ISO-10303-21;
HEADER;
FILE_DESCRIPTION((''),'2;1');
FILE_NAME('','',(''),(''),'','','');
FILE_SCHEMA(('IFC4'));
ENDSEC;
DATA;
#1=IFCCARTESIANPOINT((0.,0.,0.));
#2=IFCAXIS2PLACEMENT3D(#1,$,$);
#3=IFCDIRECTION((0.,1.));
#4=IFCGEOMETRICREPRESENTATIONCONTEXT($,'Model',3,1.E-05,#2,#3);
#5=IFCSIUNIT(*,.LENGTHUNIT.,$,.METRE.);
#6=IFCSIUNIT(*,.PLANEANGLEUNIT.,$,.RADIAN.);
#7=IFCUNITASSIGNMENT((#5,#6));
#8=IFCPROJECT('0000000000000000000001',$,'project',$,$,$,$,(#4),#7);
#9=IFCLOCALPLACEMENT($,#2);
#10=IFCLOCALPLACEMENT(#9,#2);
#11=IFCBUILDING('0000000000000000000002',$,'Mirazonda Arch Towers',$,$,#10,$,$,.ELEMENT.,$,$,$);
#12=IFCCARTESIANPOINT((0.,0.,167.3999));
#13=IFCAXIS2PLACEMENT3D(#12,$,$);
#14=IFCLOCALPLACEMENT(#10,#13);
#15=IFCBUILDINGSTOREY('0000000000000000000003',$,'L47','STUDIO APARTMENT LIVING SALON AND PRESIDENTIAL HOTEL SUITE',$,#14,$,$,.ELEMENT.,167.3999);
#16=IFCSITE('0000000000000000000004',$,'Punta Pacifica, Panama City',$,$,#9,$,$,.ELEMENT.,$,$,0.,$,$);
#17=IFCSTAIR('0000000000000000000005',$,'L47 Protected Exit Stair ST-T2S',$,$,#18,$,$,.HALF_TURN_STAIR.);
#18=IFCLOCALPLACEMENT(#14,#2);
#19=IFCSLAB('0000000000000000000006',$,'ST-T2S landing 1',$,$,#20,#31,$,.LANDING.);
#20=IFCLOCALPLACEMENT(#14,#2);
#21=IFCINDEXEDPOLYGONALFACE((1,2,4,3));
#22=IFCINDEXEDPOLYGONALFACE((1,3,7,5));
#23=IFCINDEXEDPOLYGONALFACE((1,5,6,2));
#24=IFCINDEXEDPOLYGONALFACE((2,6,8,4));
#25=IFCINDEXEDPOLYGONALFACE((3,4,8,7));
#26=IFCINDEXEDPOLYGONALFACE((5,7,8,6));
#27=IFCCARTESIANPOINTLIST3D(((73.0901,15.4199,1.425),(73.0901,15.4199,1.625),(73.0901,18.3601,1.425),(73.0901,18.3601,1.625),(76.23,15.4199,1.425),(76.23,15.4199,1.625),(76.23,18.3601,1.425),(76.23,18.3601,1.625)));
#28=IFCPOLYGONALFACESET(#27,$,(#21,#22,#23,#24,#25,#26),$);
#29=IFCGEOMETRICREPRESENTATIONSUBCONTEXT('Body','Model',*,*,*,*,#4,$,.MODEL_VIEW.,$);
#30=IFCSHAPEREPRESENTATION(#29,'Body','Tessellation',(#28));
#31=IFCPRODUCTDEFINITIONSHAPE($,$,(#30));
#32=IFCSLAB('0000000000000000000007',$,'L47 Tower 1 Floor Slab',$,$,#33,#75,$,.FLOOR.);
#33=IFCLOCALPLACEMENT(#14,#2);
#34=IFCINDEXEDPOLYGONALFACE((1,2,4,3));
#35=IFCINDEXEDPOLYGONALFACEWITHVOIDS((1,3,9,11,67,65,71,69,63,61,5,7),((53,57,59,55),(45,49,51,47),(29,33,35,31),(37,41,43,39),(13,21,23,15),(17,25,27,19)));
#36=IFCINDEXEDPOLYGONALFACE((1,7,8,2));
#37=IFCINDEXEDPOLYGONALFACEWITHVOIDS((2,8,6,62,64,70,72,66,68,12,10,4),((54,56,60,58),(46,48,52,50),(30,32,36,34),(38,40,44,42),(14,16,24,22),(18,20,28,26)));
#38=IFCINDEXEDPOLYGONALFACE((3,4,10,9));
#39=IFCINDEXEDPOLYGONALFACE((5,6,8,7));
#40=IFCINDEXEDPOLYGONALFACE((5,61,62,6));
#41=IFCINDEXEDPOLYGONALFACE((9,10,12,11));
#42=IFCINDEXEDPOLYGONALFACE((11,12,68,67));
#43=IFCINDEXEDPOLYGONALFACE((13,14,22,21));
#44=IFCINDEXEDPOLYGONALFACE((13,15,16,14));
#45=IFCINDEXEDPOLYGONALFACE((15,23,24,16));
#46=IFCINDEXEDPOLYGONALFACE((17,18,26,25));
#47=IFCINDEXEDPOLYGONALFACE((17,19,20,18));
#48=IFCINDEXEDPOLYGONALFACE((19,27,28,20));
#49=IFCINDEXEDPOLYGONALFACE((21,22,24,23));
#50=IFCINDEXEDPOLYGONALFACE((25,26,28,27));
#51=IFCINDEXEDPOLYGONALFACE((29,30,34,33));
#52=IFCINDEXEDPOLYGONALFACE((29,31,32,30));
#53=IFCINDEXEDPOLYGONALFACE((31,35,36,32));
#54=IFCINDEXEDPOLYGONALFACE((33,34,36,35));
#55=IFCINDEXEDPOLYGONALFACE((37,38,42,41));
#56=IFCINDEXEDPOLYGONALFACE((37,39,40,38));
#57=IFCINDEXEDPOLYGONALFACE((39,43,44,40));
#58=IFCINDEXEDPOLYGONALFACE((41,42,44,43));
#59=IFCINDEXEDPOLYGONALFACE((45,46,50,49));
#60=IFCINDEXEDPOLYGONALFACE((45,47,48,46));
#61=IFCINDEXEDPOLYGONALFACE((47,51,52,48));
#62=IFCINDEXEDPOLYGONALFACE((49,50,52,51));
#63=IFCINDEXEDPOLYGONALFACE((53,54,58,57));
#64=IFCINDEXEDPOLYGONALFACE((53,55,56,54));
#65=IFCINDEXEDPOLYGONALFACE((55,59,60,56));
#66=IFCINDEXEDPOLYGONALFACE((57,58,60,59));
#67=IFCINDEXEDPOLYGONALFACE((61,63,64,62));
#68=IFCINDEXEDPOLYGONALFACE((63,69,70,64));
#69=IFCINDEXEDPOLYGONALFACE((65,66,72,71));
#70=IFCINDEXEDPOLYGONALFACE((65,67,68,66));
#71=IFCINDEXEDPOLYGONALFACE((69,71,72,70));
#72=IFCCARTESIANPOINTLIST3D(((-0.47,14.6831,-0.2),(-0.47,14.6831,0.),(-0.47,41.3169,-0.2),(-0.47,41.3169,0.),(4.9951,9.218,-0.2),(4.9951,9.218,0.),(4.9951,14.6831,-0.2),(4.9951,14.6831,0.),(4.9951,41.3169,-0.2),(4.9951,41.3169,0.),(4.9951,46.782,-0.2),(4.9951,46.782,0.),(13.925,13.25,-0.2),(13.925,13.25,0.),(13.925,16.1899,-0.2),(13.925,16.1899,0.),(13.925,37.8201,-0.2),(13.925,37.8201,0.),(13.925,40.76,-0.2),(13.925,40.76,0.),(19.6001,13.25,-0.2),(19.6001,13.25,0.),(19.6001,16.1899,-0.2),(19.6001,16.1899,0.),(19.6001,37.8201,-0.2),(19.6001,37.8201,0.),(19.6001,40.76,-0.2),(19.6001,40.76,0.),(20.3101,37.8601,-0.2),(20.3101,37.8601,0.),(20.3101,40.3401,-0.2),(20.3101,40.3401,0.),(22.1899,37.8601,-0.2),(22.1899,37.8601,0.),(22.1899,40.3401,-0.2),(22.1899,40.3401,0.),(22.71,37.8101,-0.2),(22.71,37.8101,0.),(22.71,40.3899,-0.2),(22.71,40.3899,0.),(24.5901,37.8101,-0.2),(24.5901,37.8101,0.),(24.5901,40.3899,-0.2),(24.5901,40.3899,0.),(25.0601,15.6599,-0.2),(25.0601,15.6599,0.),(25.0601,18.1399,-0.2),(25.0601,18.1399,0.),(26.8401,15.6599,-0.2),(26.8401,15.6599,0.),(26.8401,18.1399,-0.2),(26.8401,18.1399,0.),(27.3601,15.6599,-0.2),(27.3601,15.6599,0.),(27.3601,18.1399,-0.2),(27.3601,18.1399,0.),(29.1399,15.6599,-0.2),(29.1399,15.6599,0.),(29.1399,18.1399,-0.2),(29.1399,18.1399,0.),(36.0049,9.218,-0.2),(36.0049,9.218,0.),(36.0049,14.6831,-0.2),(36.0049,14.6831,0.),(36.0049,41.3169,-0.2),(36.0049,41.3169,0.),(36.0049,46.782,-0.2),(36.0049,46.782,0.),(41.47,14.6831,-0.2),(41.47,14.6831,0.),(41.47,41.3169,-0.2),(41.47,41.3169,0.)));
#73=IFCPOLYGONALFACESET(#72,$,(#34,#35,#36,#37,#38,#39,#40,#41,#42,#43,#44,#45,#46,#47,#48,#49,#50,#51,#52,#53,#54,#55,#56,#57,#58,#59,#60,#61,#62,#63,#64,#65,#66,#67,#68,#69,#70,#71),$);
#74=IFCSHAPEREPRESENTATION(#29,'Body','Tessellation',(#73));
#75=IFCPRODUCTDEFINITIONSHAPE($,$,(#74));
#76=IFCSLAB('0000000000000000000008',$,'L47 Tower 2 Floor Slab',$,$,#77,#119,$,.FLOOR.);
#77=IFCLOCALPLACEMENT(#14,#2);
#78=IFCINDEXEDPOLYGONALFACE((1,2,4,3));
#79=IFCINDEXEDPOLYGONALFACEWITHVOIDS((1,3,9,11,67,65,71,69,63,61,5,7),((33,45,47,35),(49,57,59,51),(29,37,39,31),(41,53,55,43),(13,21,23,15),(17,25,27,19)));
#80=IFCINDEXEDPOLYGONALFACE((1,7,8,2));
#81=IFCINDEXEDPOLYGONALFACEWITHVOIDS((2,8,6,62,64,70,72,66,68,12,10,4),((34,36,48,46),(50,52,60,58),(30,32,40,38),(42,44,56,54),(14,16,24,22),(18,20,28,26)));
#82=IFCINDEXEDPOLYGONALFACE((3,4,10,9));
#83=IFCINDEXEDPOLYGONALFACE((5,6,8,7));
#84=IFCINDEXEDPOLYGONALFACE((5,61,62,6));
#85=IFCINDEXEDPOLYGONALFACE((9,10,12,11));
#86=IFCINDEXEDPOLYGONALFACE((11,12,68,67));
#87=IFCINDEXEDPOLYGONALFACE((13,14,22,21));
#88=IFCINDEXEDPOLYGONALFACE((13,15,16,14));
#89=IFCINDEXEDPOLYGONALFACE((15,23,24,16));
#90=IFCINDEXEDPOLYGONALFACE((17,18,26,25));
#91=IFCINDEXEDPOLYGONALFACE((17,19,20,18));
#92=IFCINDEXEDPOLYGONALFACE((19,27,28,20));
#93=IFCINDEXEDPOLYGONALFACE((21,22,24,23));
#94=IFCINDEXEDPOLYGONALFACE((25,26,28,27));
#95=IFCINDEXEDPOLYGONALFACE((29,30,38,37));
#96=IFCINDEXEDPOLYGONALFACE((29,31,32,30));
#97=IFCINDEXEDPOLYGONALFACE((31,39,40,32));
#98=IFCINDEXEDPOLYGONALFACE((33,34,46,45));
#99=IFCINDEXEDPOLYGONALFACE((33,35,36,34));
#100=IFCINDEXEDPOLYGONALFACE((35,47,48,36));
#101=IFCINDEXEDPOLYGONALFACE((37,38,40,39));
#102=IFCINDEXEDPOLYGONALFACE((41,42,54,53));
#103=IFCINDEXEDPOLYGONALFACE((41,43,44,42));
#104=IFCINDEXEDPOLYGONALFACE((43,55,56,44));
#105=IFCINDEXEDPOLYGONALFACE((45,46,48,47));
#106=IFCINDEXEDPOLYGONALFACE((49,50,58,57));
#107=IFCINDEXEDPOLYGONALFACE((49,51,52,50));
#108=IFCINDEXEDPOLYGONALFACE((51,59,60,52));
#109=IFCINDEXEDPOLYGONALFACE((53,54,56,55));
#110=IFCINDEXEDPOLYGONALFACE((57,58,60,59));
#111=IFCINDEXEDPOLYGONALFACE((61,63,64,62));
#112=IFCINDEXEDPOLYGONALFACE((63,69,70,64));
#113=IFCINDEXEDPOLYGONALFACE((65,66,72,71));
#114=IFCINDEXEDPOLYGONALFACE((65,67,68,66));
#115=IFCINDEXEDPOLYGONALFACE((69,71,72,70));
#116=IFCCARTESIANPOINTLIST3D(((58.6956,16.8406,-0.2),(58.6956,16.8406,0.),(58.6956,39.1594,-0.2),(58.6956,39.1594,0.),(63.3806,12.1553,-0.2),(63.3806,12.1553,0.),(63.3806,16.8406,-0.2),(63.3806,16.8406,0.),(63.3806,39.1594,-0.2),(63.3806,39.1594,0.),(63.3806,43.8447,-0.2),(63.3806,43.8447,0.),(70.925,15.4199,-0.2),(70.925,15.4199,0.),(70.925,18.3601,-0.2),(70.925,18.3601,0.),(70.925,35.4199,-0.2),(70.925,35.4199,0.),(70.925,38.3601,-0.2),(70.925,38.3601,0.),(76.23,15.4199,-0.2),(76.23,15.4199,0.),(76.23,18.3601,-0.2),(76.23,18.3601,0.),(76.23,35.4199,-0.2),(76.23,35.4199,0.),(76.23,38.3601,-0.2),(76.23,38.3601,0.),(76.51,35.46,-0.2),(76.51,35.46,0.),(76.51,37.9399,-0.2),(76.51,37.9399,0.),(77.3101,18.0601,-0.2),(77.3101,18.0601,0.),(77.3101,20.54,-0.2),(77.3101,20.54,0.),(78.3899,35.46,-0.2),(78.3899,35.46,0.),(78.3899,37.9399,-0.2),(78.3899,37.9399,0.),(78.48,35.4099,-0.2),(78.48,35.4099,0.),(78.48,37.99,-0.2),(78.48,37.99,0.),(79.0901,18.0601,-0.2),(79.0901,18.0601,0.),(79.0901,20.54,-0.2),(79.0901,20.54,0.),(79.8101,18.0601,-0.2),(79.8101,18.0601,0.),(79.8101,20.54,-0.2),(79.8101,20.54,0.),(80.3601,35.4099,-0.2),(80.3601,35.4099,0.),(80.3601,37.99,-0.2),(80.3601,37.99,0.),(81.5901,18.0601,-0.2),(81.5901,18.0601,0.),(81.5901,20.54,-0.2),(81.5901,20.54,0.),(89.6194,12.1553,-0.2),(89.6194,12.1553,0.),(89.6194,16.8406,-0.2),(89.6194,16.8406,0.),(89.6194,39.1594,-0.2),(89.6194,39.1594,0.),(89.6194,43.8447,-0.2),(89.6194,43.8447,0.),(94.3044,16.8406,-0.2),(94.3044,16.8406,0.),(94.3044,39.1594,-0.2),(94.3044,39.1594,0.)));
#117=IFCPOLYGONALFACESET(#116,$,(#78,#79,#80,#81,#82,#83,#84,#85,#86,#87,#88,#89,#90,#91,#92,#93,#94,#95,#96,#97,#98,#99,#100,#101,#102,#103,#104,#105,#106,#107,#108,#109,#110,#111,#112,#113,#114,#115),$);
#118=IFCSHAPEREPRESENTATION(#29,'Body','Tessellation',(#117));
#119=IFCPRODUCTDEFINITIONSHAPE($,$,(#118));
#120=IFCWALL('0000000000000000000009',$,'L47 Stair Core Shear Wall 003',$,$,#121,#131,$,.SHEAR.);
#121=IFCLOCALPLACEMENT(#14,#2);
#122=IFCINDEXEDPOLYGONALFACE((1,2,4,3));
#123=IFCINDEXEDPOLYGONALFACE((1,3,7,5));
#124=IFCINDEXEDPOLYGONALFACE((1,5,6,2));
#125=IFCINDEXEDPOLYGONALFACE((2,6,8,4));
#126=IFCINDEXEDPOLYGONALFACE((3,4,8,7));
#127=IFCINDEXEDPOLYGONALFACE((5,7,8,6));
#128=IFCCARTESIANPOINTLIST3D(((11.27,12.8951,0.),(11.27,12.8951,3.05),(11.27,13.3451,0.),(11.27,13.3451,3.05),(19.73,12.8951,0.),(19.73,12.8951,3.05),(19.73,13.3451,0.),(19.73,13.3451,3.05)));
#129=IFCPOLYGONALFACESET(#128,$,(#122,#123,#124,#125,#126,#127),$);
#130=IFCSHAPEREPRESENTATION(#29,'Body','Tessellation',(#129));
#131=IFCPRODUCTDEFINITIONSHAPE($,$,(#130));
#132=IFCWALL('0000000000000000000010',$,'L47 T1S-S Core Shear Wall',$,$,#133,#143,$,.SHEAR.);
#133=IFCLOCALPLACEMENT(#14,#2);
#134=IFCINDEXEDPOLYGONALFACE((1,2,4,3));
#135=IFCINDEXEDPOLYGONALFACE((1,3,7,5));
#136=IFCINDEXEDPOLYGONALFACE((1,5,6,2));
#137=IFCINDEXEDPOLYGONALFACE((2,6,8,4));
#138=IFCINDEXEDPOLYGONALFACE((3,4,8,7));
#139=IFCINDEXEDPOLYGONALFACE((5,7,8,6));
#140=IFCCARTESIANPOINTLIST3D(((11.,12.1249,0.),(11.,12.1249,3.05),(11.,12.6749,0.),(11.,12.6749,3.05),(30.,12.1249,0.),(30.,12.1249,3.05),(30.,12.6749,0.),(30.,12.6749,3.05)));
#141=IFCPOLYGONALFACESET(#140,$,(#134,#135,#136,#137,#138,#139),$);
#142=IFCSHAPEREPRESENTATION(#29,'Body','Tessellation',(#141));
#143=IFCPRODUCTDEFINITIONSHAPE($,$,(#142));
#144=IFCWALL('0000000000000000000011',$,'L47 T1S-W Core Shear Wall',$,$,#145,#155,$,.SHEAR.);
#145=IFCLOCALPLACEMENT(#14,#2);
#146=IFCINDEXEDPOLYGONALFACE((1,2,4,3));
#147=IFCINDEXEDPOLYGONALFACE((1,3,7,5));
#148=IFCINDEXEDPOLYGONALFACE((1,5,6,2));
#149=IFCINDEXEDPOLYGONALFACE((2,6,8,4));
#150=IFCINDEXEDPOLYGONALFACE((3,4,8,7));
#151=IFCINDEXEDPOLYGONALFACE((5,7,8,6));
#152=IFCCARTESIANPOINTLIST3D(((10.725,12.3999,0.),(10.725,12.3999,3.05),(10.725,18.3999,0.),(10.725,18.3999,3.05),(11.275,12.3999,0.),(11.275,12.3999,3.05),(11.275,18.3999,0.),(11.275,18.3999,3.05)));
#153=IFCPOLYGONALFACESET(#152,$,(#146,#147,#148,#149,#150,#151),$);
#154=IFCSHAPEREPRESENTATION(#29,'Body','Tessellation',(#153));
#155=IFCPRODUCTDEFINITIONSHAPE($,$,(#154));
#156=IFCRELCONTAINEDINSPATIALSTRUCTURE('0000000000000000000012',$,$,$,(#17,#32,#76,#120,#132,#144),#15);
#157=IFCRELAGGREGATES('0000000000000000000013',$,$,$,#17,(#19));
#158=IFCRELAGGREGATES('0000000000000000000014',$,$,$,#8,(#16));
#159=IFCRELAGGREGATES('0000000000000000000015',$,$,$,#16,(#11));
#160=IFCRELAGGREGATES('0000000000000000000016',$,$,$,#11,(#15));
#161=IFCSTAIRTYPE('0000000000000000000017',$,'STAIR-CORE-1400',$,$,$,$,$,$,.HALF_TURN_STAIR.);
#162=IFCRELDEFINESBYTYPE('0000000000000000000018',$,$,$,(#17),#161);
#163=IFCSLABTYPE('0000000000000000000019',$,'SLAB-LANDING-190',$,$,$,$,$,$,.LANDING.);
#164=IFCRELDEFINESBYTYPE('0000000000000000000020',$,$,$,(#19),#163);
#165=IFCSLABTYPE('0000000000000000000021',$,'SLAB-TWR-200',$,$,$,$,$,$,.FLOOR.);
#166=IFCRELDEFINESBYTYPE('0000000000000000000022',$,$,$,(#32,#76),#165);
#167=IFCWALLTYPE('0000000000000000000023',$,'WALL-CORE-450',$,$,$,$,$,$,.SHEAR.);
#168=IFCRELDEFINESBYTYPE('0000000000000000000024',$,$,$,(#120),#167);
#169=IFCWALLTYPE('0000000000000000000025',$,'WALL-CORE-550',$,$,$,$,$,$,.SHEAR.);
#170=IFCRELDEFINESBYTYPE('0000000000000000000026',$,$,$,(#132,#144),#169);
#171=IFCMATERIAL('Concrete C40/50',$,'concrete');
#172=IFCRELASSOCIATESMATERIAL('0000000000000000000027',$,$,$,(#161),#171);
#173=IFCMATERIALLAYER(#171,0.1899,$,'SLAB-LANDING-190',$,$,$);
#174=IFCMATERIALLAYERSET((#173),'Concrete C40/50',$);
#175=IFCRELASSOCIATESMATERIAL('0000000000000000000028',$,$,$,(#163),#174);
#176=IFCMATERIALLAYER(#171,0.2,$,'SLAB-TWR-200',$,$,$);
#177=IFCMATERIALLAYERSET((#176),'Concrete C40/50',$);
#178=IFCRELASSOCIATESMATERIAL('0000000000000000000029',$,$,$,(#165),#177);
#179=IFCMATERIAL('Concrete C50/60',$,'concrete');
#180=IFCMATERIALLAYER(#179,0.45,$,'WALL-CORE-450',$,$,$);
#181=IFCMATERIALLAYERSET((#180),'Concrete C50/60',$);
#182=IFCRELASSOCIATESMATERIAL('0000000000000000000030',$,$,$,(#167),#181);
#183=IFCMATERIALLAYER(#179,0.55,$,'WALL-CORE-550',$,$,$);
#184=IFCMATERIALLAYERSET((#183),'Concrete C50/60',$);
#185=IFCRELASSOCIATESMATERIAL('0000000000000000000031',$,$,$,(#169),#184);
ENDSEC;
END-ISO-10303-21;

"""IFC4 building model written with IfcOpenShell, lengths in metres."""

from ifc_helpers import new_model, si_unit, direction, frame, frame_2d, origin, place, context, subcontext, project, spatial, polyline, rectangle, outline, extrude, material, layer, layer_set, type_object, element, aggregate, save


model = new_model("IFC4")

# Units and contexts
model_context = context("Model", 3, precision=1e-05, world=origin(), true_north=direction((0.0, 1.0)))
body_context = subcontext(model_context, "Body", "Model", "MODEL_VIEW")
ifc_project = project(units=[si_unit("LENGTHUNIT", "METRE"), si_unit("PLANEANGLEUNIT", "RADIAN")], contexts=[model_context])

# Site, building, storey
site_placement = place(None, origin())
site = spatial("IfcSite", under=ifc_project, at=site_placement, Name="Punta Pacifica, Panama City", CompositionType="ELEMENT", RefElevation=0.0)
building_placement = place(site_placement, origin())
building = spatial("IfcBuilding", under=site, at=building_placement, Name="Mirazonda Arch Towers", CompositionType="ELEMENT")
storey_placement = place(building_placement, frame((0.0, 0.0, 167.3999)))
storey = spatial("IfcBuildingStorey", under=building, at=storey_placement, Name="L47", Description="STUDIO APARTMENT LIVING SALON AND PRESIDENTIAL HOTEL SUITE", CompositionType="ELEMENT", Elevation=167.3999)

# Shared definitions
ifc_material_1 = material(Name="Concrete C50/60", Category="concrete")

# Stair, slab
ifc_material_2 = material(Name="Concrete C40/50", Category="concrete")
stair_type = type_object("IfcStairType", Name="STAIR-CORE-1400", PredefinedType="HALF_TURN_STAIR", material=ifc_material_2)
ifc_layer_1 = layer(ifc_material_2, 0.1899, Name="SLAB-LANDING-190")
ifc_layer_set_1 = layer_set([ifc_layer_1], Name="Concrete C40/50")
slab_type_1 = type_object("IfcSlabType", Name="SLAB-LANDING-190", PredefinedType="LANDING", material=ifc_layer_set_1)
stair_1_placement = place(storey_placement, origin())
stair_1 = element("IfcStair", 1, at=stair_1_placement, inside=storey, type_object=stair_type, Name="L47 Protected Exit Stair ST-T2S", PredefinedType="HALF_TURN_STAIR")
slab_1_placement = place(storey_placement, frame((0.0, 0.0, 1.425)))
slab_1 = element("IfcSlab", 2, at=slab_1_placement, type_object=slab_type_1, Name="ST-T2S landing 1", PredefinedType="LANDING", context=body_context, shape_type="SweptSolid", body=[
    extrude(outline(polyline([(73.0901, 15.4199), (76.23, 15.4199), (76.23, 18.3601), (73.0901, 18.3601), (73.0901, 15.4199)])), origin(), (0.0, 0.0, 1.0), 0.2),
])
aggregate(stair_1, [slab_1])

# Slabs
ifc_layer_2 = layer(ifc_material_2, 0.2, Name="SLAB-TWR-200")
ifc_layer_set_2 = layer_set([ifc_layer_2], Name="Concrete C40/50")
slab_type_2 = type_object("IfcSlabType", Name="SLAB-TWR-200", PredefinedType="FLOOR", material=ifc_layer_set_2)
slab_2_placement = place(storey_placement, frame((0.0, 0.0, -0.2)))
element("IfcSlab", 3, at=slab_2_placement, inside=storey, type_object=slab_type_2, Name="L47 Tower 1 Floor Slab", PredefinedType="FLOOR", context=body_context, shape_type="SweptSolid", body=[
    extrude(outline(polyline([(4.9951, 9.218), (36.0049, 9.218), (36.0049, 14.6831), (41.47, 14.6831), (41.47, 41.3169), (36.0049, 41.3169), (36.0049, 46.782), (4.9951, 46.782), (4.9951, 41.3169), (-0.47, 41.3169), (-0.47, 14.6831), (4.9951, 14.6831), (4.9951, 9.218)]), holes=[polyline([(27.3601, 18.1399), (29.1399, 18.1399), (29.1399, 15.6599), (27.3601, 15.6599), (27.3601, 18.1399)]), polyline([(25.0601, 18.1399), (26.8401, 18.1399), (26.8401, 15.6599), (25.0601, 15.6599), (25.0601, 18.1399)]), polyline([(22.71, 40.3899), (24.5901, 40.3899), (24.5901, 37.8101), (22.71, 37.8101), (22.71, 40.3899)]), polyline([(20.3101, 37.8601), (20.3101, 40.3401), (22.1899, 40.3401), (22.1899, 37.8601), (20.3101, 37.8601)]), polyline([(19.6001, 13.25), (13.925, 13.25), (13.925, 16.1899), (19.6001, 16.1899), (19.6001, 13.25)]), polyline([(13.925, 37.8201), (13.925, 40.76), (19.6001, 40.76), (19.6001, 37.8201), (13.925, 37.8201)])]), origin(), (0.0, 0.0, 1.0), 0.2),
])
slab_3_placement = place(storey_placement, frame((0.0, 0.0, -0.2)))
element("IfcSlab", 4, at=slab_3_placement, inside=storey, type_object=slab_type_2, Name="L47 Tower 2 Floor Slab", PredefinedType="FLOOR", context=body_context, shape_type="SweptSolid", body=[
    extrude(outline(polyline([(63.3806, 12.1553), (89.6194, 12.1553), (89.6194, 16.8406), (94.3044, 16.8406), (94.3044, 39.1594), (89.6194, 39.1594), (89.6194, 43.8447), (63.3806, 43.8447), (63.3806, 39.1594), (58.6956, 39.1594), (58.6956, 16.8406), (63.3806, 16.8406), (63.3806, 12.1553)]), holes=[polyline([(79.8101, 20.54), (81.5901, 20.54), (81.5901, 18.0601), (79.8101, 18.0601), (79.8101, 20.54)]), polyline([(78.48, 37.99), (80.3601, 37.99), (80.3601, 35.4099), (78.48, 35.4099), (78.48, 37.99)]), polyline([(77.3101, 20.54), (79.0901, 20.54), (79.0901, 18.0601), (77.3101, 18.0601), (77.3101, 20.54)]), polyline([(76.51, 35.46), (76.51, 37.9399), (78.3899, 37.9399), (78.3899, 35.46), (76.51, 35.46)]), polyline([(76.23, 15.4199), (70.925, 15.4199), (70.925, 18.3601), (76.23, 18.3601), (76.23, 15.4199)]), polyline([(70.925, 35.4199), (70.925, 38.3601), (76.23, 38.3601), (76.23, 35.4199), (70.925, 35.4199)])]), origin(), (0.0, 0.0, 1.0), 0.2),
])

# Walls
ifc_layer_3 = layer(ifc_material_1, 0.45, Name="WALL-CORE-450")
ifc_layer_set_3 = layer_set([ifc_layer_3], Name="Concrete C50/60")
wall_type_1 = type_object("IfcWallType", Name="WALL-CORE-450", PredefinedType="SHEAR", material=ifc_layer_set_3)
wall_1_placement = place(storey_placement, frame((11.27, 13.1201, 0.0), z_axis=(0.0, 0.0, 1.0), x_axis=(1.0, 0.0, 0.0)))
element("IfcWall", 5, at=wall_1_placement, inside=storey, type_object=wall_type_1, Name="L47 Stair Core Shear Wall 003", PredefinedType="SHEAR", context=body_context, shape_type="SweptSolid", body=[
    extrude(rectangle(XDim=8.46, YDim=0.45, at=frame_2d((4.23, 0.0))), origin(), (0.0, 0.0, 1.0), 3.05),
])
ifc_layer_4 = layer(ifc_material_1, 0.55, Name="WALL-CORE-550")
ifc_layer_set_4 = layer_set([ifc_layer_4], Name="Concrete C50/60")
wall_type_2 = type_object("IfcWallType", Name="WALL-CORE-550", PredefinedType="SHEAR", material=ifc_layer_set_4)
wall_2_placement = place(storey_placement, frame((11.0, 12.3999, 0.0), z_axis=(0.0, 0.0, 1.0), x_axis=(1.0, 0.0, 0.0)))
element("IfcWall", 6, at=wall_2_placement, inside=storey, type_object=wall_type_2, Name="L47 T1S-S Core Shear Wall", PredefinedType="SHEAR", context=body_context, shape_type="SweptSolid", body=[
    extrude(rectangle(XDim=19.0, YDim=0.55, at=frame_2d((9.5, 0.0))), origin(), (0.0, 0.0, 1.0), 3.05),
])
wall_3_placement = place(storey_placement, frame((11.0, 12.3999, 0.0), z_axis=(0.0, 0.0, 1.0), x_axis=(0.0, 1.0, 0.0)))
element("IfcWall", 7, at=wall_3_placement, inside=storey, type_object=wall_type_2, Name="L47 T1S-W Core Shear Wall", PredefinedType="SHEAR", context=body_context, shape_type="SweptSolid", body=[
    extrude(rectangle(XDim=6.0, YDim=0.55, at=frame_2d((3.0, 0.0))), origin(), (0.0, 0.0, 1.0), 3.05),
])

save(model, "model.ifc")
